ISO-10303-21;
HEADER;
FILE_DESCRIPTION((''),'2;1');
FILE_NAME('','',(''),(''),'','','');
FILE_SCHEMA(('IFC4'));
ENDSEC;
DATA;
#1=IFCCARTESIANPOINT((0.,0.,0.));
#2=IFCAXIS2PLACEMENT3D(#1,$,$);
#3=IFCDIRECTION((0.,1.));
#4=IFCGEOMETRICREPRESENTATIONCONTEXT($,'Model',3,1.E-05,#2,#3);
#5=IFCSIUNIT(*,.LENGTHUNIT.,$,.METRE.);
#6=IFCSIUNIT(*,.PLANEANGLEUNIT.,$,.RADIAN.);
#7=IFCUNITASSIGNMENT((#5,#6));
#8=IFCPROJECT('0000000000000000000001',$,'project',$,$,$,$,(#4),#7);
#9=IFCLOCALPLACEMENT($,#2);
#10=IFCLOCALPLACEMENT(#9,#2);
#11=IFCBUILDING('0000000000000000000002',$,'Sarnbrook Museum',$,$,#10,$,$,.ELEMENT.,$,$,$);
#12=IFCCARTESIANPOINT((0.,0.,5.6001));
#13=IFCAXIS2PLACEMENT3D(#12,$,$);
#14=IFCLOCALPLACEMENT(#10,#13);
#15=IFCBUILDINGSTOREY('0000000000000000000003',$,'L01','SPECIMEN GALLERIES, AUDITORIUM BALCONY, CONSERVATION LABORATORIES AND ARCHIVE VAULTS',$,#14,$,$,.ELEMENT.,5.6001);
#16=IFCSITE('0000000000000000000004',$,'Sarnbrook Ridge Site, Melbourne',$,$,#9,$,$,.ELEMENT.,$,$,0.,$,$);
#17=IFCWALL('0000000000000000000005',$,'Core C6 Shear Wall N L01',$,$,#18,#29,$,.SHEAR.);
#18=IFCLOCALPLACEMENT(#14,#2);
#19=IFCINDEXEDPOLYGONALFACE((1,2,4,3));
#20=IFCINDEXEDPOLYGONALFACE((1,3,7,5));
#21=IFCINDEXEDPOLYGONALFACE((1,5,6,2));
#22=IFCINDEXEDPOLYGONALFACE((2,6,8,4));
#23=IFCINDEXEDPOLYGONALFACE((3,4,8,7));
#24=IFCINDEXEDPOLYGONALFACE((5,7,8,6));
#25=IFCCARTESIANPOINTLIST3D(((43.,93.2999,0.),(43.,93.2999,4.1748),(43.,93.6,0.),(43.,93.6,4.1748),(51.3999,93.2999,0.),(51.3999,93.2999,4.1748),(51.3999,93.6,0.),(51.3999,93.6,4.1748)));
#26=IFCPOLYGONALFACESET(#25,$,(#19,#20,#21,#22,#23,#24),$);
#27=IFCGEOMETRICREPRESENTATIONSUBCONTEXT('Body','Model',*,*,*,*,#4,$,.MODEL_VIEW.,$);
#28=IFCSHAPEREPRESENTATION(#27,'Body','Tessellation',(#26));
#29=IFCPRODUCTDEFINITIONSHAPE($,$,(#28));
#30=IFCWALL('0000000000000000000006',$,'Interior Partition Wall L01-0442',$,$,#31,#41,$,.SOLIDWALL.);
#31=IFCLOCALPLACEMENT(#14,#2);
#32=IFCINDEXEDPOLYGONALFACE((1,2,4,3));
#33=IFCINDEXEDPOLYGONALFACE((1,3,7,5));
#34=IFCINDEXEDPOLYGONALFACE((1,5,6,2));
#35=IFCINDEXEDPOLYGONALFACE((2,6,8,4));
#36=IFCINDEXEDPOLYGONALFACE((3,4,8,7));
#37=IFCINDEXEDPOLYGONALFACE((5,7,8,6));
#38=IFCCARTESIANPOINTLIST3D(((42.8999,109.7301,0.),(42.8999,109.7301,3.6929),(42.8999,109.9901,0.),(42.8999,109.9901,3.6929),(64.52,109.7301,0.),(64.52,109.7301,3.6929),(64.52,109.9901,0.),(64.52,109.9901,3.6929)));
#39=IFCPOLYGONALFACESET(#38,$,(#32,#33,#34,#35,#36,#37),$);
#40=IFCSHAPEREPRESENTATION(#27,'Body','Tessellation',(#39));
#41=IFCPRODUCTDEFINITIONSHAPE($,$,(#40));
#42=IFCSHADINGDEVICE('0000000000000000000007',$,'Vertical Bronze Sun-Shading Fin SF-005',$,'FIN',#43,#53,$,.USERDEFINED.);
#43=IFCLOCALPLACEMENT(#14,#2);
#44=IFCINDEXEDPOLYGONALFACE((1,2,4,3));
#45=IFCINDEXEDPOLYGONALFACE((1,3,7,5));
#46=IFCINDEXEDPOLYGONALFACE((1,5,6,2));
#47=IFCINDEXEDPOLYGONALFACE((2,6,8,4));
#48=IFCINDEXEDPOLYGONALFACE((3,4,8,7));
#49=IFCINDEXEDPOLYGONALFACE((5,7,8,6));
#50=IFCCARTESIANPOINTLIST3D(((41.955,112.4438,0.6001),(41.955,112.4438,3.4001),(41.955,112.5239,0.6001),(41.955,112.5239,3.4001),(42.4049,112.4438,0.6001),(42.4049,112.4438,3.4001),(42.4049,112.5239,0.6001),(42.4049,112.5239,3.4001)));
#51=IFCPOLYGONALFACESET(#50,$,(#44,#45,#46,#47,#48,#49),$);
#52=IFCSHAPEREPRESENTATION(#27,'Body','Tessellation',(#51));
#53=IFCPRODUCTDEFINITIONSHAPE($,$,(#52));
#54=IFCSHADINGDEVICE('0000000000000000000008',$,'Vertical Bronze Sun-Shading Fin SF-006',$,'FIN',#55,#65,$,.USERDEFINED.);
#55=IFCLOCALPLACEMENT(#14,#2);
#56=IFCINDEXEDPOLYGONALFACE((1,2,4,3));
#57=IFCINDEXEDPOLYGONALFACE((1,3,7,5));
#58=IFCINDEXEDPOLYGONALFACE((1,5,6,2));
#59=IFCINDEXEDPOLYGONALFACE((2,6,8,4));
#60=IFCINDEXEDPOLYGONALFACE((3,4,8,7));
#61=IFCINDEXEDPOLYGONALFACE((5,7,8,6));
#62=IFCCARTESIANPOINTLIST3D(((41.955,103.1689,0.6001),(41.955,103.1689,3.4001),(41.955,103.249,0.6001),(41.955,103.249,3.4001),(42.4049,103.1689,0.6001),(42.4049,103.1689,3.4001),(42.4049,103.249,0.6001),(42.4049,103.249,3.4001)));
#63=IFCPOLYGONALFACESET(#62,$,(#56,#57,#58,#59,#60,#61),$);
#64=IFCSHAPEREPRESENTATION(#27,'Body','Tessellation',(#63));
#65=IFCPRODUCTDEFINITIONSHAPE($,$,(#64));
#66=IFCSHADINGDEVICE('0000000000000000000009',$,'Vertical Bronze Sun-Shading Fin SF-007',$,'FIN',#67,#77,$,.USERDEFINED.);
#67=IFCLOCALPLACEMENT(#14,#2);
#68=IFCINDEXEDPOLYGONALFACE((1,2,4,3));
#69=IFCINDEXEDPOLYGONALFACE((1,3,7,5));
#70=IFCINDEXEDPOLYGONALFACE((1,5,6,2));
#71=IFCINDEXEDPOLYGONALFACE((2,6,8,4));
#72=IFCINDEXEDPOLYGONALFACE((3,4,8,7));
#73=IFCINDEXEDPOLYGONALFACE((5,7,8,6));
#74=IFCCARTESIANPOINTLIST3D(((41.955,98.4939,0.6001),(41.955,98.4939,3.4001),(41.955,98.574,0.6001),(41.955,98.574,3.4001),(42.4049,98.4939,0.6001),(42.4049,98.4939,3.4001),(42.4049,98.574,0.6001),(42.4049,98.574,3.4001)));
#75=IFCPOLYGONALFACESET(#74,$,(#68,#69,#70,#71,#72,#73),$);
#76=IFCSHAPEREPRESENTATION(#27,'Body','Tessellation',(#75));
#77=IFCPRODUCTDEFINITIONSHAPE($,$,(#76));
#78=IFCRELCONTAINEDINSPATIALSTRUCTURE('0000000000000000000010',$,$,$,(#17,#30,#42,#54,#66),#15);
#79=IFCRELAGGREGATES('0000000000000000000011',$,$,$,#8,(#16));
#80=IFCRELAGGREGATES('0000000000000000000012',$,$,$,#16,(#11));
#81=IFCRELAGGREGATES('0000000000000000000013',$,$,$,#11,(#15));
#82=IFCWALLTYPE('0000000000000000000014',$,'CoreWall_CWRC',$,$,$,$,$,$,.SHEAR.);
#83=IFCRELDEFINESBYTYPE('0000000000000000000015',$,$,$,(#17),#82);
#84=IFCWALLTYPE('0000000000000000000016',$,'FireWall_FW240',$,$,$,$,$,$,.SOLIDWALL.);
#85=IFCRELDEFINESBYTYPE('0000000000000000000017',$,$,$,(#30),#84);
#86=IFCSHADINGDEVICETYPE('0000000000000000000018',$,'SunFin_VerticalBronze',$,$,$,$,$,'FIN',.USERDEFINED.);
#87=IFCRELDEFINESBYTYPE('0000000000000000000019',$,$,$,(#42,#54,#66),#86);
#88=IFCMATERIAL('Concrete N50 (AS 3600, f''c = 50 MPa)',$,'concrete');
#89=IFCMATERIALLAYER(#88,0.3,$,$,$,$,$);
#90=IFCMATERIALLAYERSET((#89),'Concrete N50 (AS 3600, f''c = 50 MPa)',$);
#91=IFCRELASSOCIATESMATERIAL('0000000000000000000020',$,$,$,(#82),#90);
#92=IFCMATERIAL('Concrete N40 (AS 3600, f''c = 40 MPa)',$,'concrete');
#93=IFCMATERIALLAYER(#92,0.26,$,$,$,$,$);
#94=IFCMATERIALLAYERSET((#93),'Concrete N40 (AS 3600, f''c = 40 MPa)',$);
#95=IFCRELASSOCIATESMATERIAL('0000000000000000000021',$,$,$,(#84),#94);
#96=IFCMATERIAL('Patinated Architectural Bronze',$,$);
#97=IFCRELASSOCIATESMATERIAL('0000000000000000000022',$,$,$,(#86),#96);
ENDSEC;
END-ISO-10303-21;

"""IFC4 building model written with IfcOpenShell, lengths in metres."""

from ifc_helpers import new_model, si_unit, direction, frame, frame_2d, origin, origin_2d, place, context, subcontext, project, spatial, rectangle, extrude, material, layer, layer_set, type_object, element, save


model = new_model("IFC4")

# Units and contexts
model_context = context("Model", 3, precision=1e-05, world=origin(), true_north=direction((0.0, 1.0)))
body_context = subcontext(model_context, "Body", "Model", "MODEL_VIEW")
ifc_project = project(units=[si_unit("LENGTHUNIT", "METRE"), si_unit("PLANEANGLEUNIT", "RADIAN")], contexts=[model_context])

# Site, building, storey
site_placement = place(None, origin())
site = spatial("IfcSite", under=ifc_project, at=site_placement, Name="Sarnbrook Ridge Site, Melbourne", CompositionType="ELEMENT", RefElevation=0.0)
building_placement = place(site_placement, origin())
building = spatial("IfcBuilding", under=site, at=building_placement, Name="Sarnbrook Museum", CompositionType="ELEMENT")
storey_placement = place(building_placement, frame((0.0, 0.0, 5.6001)))
storey = spatial("IfcBuildingStorey", under=building, at=storey_placement, Name="L01", Description="SPECIMEN GALLERIES, AUDITORIUM BALCONY, CONSERVATION LABORATORIES AND ARCHIVE VAULTS", CompositionType="ELEMENT", Elevation=5.6001)

# Walls
ifc_material_1 = material(Name="Concrete N50 (AS 3600, f'c = 50 MPa)", Category="concrete")
ifc_layer_1 = layer(ifc_material_1, 0.3)
ifc_layer_set_1 = layer_set([ifc_layer_1], Name="Concrete N50 (AS 3600, f'c = 50 MPa)")
wall_type_1 = type_object("IfcWallType", Name="CoreWall_CWRC", PredefinedType="SHEAR", material=ifc_layer_set_1)
wall_1_placement = place(storey_placement, frame((51.3999, 93.45, 0.0), z_axis=(0.0, 0.0, 1.0), x_axis=(-1.0, 0.0, 0.0)))
element("IfcWall", 1, at=wall_1_placement, inside=storey, type_object=wall_type_1, Name="Core C6 Shear Wall N L01", PredefinedType="SHEAR", context=body_context, shape_type="SweptSolid", body=[
    extrude(rectangle(XDim=8.3999, YDim=0.3, at=frame_2d((4.2, 0.0))), origin(), (0.0, 0.0, 1.0), 4.1748),
])
ifc_material_2 = material(Name="Concrete N40 (AS 3600, f'c = 40 MPa)", Category="concrete")
ifc_layer_2 = layer(ifc_material_2, 0.26)
ifc_layer_set_2 = layer_set([ifc_layer_2], Name="Concrete N40 (AS 3600, f'c = 40 MPa)")
wall_type_2 = type_object("IfcWallType", Name="FireWall_FW240", PredefinedType="SOLIDWALL", material=ifc_layer_set_2)
wall_2_placement = place(storey_placement, frame((42.8999, 109.8601, 0.0), z_axis=(0.0, 0.0, 1.0), x_axis=(1.0, 0.0, 0.0)))
element("IfcWall", 2, at=wall_2_placement, inside=storey, type_object=wall_type_2, Name="Interior Partition Wall L01-0442", PredefinedType="SOLIDWALL", context=body_context, shape_type="SweptSolid", body=[
    extrude(rectangle(XDim=21.6201, YDim=0.26, at=frame_2d((10.8101, 0.0))), origin(), (0.0, 0.0, 1.0), 3.6929),
])

# Shading devices
ifc_material_3 = material(Name="Patinated Architectural Bronze")
shading_device_type = type_object("IfcShadingDeviceType", Name="SunFin_VerticalBronze", ElementType="FIN", PredefinedType="USERDEFINED", material=ifc_material_3)
for number, where, z_axis, x_axis, name in (
    (3, (42.1799, 112.4839, 0.6001), (0.0, 0.0, 1.0), (1.0, 0.0, 0.0), "Vertical Bronze Sun-Shading Fin SF-005"),
    (4, (42.1799, 103.209, 0.6001), (0.0, 0.0, 1.0), (1.0, 0.0, 0.0), "Vertical Bronze Sun-Shading Fin SF-006"),
    (5, (42.1799, 98.5339, 0.6001), (0.0, 0.0, 1.0), (1.0, 0.0, 0.0), "Vertical Bronze Sun-Shading Fin SF-007"),
):
    element("IfcShadingDevice", number, at=place(storey_placement, frame(where, z_axis=z_axis, x_axis=x_axis)), inside=storey, type_object=shading_device_type, Name=name, ObjectType="FIN", PredefinedType="USERDEFINED", context=body_context, shape_type="SweptSolid", body=[
        extrude(rectangle(XDim=0.45, YDim=0.0801, at=origin_2d()), origin(), (0.0, 0.0, 1.0), 2.8),
    ])

save(model, "model.ifc")
